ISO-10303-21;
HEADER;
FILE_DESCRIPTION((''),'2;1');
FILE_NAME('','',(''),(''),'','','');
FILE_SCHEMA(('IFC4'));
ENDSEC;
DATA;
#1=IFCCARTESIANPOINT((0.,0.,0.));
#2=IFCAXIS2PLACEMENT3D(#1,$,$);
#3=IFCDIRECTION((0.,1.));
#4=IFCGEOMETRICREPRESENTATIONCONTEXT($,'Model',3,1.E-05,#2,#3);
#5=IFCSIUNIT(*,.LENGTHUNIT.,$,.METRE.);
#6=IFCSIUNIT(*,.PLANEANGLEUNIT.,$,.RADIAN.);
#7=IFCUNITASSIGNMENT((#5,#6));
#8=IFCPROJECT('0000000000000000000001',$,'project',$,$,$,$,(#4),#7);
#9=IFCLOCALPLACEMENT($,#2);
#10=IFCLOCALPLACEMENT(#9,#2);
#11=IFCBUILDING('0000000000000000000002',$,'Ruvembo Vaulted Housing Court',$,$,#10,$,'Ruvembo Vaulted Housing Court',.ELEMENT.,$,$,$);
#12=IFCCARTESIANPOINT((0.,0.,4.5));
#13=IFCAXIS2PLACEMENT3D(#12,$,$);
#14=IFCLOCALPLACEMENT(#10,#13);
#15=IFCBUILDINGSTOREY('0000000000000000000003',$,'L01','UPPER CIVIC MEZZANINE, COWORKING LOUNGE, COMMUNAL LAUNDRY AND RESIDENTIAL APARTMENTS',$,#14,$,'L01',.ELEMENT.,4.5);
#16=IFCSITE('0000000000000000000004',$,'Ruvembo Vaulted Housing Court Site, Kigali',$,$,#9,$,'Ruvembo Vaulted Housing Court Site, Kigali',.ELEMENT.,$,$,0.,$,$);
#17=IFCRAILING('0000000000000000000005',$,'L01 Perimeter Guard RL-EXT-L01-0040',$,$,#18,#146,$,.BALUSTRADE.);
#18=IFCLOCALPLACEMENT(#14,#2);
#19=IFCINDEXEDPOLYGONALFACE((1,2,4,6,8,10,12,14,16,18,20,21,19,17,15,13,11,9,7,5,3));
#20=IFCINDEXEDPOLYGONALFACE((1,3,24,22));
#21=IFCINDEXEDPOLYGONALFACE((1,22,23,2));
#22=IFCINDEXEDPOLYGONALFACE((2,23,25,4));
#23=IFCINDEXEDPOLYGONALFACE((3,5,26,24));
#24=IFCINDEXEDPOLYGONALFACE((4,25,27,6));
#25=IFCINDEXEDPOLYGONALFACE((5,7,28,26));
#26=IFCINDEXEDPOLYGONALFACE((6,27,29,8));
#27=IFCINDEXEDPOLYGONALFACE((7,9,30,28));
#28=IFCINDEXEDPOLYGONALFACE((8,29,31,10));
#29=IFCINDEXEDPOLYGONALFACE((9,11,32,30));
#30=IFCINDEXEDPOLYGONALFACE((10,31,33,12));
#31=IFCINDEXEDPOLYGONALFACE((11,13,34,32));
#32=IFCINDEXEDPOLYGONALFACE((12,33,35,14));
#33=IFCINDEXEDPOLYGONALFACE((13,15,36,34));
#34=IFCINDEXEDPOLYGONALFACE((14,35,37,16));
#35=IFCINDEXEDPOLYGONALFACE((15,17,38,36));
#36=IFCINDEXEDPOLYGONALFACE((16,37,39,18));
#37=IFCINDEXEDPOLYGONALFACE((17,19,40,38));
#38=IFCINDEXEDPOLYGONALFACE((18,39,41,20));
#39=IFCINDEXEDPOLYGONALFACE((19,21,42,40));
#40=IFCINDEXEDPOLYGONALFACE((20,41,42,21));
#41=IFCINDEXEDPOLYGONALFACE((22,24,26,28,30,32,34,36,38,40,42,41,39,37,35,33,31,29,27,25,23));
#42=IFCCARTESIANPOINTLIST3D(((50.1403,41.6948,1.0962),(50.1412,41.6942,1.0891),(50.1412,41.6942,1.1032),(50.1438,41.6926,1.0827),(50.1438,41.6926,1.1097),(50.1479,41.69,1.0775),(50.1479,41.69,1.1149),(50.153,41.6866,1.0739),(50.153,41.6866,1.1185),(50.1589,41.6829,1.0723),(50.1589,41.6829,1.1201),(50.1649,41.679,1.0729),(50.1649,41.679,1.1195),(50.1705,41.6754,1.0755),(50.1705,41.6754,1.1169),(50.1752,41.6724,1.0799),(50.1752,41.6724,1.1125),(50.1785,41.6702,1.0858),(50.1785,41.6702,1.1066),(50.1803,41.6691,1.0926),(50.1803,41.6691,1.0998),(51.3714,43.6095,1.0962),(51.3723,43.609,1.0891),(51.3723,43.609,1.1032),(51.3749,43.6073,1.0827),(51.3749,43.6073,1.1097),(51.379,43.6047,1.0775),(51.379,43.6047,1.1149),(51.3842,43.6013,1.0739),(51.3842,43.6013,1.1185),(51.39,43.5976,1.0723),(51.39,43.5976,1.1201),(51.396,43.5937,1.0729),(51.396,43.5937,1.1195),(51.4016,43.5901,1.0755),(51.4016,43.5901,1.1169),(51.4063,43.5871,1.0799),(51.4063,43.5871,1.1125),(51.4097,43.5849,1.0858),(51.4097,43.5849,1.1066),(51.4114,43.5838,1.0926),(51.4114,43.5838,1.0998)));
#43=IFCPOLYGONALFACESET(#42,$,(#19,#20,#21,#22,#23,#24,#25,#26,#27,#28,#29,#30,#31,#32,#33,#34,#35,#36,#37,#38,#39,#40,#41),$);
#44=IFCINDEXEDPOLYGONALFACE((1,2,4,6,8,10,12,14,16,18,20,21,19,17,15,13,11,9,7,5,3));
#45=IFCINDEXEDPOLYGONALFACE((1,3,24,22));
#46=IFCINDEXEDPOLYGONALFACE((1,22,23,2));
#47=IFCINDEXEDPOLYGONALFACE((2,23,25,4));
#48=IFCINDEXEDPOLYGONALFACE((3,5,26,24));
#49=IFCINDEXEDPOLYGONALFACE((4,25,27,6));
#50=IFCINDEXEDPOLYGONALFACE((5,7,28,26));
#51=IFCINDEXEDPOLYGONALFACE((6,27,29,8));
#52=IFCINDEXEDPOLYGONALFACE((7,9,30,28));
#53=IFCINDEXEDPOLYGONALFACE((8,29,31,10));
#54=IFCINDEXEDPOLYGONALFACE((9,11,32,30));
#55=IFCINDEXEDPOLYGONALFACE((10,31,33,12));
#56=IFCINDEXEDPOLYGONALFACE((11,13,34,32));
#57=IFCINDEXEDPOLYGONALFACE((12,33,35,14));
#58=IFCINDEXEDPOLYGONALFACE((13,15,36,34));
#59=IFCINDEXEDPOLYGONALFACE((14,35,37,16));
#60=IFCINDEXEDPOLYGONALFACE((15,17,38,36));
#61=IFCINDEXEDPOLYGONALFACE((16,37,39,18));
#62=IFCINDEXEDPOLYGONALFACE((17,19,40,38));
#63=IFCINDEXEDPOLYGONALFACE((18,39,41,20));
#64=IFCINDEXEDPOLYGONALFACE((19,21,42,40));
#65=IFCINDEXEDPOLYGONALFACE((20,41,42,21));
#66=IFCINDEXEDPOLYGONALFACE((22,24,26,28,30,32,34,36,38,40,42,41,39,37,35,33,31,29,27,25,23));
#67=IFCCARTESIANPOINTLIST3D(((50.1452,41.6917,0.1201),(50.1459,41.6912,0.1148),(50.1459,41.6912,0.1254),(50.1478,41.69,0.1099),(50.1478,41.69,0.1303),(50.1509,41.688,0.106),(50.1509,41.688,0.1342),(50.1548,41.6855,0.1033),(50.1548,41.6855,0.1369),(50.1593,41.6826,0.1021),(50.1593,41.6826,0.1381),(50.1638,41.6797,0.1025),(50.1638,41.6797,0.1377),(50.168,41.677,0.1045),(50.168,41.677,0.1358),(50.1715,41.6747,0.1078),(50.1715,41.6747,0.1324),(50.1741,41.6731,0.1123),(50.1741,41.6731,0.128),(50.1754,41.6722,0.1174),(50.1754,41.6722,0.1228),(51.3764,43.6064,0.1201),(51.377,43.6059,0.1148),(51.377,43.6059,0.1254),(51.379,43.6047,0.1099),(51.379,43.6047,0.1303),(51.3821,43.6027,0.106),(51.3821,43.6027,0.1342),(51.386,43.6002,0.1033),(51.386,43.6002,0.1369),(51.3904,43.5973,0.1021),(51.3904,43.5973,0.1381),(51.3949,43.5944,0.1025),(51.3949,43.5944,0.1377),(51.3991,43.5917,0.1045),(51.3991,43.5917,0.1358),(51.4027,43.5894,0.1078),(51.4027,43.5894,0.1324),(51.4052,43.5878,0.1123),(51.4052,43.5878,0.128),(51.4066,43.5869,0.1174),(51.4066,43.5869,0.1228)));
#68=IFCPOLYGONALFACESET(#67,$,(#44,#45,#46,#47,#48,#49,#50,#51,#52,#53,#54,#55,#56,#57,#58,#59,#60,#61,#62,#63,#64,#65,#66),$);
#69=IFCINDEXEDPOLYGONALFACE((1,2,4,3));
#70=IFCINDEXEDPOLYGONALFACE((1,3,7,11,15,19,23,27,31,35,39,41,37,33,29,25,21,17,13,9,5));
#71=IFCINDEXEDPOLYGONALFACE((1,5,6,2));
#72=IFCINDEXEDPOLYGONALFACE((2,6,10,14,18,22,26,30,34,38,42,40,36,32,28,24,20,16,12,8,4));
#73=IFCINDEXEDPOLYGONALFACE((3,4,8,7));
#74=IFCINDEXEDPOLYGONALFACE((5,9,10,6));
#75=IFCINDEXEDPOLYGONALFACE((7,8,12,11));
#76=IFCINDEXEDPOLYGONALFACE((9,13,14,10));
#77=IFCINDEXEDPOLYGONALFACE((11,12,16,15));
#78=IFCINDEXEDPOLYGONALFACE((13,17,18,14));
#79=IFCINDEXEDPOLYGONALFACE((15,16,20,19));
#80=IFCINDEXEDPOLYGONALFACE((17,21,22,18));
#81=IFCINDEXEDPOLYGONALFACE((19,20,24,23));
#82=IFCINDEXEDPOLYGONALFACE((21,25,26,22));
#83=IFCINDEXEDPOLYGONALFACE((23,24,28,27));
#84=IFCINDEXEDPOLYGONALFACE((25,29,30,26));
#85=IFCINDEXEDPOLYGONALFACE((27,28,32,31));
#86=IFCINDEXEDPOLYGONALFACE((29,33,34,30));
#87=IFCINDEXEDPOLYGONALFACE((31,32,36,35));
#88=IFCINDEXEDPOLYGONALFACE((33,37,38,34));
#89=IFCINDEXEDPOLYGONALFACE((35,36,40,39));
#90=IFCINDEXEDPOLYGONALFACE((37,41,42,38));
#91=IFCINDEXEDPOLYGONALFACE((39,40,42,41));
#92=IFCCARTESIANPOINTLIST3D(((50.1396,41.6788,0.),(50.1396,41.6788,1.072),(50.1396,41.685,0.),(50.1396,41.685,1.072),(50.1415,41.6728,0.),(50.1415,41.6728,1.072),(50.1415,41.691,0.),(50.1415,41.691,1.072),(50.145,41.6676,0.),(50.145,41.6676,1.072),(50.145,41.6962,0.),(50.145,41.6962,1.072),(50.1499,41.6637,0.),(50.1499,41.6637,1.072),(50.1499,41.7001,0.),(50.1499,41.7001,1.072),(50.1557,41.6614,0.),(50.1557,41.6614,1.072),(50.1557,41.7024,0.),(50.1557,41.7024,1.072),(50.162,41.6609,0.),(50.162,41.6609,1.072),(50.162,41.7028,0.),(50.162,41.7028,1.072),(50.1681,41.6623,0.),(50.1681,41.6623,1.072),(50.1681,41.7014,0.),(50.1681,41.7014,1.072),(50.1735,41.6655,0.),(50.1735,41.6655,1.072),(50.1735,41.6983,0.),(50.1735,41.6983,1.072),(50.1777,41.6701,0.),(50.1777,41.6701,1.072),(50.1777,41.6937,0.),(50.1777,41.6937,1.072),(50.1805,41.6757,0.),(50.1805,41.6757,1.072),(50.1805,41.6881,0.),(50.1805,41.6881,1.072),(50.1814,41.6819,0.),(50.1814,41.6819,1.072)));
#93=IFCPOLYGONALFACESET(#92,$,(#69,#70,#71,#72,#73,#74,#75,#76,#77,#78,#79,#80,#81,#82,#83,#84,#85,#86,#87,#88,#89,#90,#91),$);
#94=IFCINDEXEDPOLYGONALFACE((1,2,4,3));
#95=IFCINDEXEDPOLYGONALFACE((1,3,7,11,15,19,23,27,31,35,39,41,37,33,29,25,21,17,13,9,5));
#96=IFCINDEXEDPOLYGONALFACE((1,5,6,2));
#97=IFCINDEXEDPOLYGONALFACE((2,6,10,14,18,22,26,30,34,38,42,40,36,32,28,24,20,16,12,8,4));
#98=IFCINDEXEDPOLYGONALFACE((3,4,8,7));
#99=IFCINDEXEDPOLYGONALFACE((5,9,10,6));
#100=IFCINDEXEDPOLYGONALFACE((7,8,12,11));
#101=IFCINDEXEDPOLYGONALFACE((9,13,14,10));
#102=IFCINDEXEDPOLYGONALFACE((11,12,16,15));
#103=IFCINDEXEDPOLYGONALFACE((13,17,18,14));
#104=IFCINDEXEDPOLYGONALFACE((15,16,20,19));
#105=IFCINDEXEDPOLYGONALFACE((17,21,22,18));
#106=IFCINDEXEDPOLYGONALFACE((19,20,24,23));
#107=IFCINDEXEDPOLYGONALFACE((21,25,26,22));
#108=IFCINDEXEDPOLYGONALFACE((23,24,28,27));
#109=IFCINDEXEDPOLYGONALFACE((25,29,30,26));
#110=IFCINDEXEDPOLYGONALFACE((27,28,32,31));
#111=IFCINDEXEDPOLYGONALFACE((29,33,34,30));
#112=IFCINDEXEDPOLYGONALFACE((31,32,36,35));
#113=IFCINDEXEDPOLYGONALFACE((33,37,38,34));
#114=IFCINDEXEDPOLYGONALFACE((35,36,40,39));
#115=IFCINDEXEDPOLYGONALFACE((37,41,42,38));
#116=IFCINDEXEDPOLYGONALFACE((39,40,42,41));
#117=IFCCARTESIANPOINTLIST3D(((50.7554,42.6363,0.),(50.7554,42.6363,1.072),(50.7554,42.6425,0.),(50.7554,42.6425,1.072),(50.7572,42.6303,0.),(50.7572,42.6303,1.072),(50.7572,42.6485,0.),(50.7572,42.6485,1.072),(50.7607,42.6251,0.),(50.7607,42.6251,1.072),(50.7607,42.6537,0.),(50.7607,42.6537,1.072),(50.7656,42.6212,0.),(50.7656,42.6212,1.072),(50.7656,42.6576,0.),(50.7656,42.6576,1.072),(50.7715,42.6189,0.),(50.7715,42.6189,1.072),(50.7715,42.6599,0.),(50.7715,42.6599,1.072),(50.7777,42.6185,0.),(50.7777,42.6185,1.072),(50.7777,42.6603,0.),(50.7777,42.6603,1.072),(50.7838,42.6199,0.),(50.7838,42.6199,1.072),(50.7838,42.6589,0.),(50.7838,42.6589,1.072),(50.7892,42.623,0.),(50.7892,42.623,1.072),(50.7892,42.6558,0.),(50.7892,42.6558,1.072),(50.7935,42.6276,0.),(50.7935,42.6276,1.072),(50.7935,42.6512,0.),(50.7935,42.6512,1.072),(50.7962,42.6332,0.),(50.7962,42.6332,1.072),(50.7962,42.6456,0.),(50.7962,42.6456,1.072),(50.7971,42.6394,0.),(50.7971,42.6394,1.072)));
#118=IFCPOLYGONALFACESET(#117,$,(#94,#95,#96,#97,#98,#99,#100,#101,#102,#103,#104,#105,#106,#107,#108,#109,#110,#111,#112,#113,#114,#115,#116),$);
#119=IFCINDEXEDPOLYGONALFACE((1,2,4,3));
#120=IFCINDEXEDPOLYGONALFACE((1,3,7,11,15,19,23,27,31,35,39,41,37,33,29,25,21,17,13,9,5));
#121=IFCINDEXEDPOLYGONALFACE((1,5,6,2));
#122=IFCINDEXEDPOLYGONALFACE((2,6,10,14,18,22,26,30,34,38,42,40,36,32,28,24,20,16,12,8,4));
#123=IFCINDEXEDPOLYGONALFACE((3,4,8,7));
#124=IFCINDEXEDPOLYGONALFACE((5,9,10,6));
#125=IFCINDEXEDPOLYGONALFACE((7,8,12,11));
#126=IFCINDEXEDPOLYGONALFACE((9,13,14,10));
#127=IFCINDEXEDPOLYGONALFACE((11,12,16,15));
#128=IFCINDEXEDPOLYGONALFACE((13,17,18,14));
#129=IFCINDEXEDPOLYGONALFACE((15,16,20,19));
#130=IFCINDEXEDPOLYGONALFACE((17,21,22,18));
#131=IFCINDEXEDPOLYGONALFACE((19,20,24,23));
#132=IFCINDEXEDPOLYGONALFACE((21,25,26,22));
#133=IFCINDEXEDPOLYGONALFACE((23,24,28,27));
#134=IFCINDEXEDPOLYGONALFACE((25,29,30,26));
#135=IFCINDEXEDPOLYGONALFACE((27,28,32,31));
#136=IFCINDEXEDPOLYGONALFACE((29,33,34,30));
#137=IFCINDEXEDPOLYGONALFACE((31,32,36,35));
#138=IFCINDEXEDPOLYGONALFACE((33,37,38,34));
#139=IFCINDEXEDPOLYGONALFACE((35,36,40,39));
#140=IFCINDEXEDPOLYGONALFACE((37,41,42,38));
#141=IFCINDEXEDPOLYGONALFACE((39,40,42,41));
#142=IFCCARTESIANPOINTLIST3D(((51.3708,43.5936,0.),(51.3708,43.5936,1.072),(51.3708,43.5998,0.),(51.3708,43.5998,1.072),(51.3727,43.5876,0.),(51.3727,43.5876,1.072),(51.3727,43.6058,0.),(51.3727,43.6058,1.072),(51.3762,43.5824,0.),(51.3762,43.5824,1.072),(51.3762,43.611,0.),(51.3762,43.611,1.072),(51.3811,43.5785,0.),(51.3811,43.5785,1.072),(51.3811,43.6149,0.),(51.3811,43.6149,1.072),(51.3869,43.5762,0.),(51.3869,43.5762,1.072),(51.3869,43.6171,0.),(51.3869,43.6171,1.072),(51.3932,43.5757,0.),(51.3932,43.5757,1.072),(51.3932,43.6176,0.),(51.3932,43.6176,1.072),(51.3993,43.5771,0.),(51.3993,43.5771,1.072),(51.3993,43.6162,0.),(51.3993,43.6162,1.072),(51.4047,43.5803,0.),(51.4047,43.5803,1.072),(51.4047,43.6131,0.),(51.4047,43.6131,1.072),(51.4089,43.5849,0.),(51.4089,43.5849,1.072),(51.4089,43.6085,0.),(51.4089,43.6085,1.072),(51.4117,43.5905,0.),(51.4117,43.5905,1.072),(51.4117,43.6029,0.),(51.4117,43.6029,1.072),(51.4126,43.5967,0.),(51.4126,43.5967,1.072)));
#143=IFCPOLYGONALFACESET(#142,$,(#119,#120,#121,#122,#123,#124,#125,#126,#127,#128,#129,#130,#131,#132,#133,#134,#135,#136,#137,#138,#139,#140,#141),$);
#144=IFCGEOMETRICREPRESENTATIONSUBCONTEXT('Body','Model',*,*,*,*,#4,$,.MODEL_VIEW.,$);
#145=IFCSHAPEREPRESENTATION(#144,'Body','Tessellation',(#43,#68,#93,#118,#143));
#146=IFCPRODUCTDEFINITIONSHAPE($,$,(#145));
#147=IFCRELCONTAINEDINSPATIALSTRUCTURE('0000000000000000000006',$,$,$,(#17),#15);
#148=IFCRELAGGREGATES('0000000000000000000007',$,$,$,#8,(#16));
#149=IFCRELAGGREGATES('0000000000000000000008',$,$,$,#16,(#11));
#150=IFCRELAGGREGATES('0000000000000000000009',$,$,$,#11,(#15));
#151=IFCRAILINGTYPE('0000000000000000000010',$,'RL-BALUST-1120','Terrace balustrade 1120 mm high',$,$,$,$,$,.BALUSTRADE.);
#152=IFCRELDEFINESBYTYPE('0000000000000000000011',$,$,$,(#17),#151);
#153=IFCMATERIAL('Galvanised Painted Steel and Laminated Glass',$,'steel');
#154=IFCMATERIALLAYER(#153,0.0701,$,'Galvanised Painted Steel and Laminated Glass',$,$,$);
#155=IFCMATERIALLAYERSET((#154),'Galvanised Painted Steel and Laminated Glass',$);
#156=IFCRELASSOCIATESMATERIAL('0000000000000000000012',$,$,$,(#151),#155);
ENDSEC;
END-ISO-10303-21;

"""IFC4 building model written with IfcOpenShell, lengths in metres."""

from ifc_helpers import new_model, si_unit, direction, frame, origin, origin_2d, place, context, subcontext, project, spatial, circle, extrude, material, layer, layer_set, type_object, element, save


model = new_model("IFC4")

# Units and contexts
model_context = context("Model", 3, precision=1e-05, world=origin(), true_north=direction((0.0, 1.0)))
body_context = subcontext(model_context, "Body", "Model", "MODEL_VIEW")
ifc_project = project(units=[si_unit("LENGTHUNIT", "METRE"), si_unit("PLANEANGLEUNIT", "RADIAN")], contexts=[model_context])

# Site, building, storey
site_placement = place(None, origin())
site = spatial("IfcSite", under=ifc_project, at=site_placement, Name="Ruvembo Vaulted Housing Court Site, Kigali", LongName="Ruvembo Vaulted Housing Court Site, Kigali", CompositionType="ELEMENT", RefElevation=0.0)
building_placement = place(site_placement, origin())
building = spatial("IfcBuilding", under=site, at=building_placement, Name="Ruvembo Vaulted Housing Court", LongName="Ruvembo Vaulted Housing Court", CompositionType="ELEMENT")
storey_placement = place(building_placement, frame((0.0, 0.0, 4.5)))
storey = spatial("IfcBuildingStorey", under=building, at=storey_placement, Name="L01", Description="UPPER CIVIC MEZZANINE, COWORKING LOUNGE, COMMUNAL LAUNDRY AND RESIDENTIAL APARTMENTS", LongName="L01", CompositionType="ELEMENT", Elevation=4.5)

# Railing
ifc_material_1 = material(Name="Galvanised Painted Steel and Laminated Glass", Category="steel")
ifc_layer_1 = layer(ifc_material_1, 0.0701, Name="Galvanised Painted Steel and Laminated Glass")
ifc_layer_set_1 = layer_set([ifc_layer_1], Name="Galvanised Painted Steel and Laminated Glass")
railing_type = type_object("IfcRailingType", Name="RL-BALUST-1120", Description="Terrace balustrade 1120 mm high", PredefinedType="BALUSTRADE", material=ifc_layer_set_1)
railing_1_placement = place(storey_placement, frame((50.1604, 41.6819, 0.0)))
element("IfcRailing", 1, at=railing_1_placement, inside=storey, type_object=railing_type, Name="L01 Perimeter Guard RL-EXT-L01-0040", PredefinedType="BALUSTRADE", context=body_context, shape_type="SweptSolid", body=[
    extrude(circle(Radius=0.0239, at=origin_2d()), frame((0.0, 0.0, 1.0962), z_axis=(0.540839, 0.841126, 0.0), x_axis=(-0.841126, 0.540839, 0.0)), (0.0, 0.0, 1.0), 2.2764),
    extrude(circle(Radius=0.0181, at=origin_2d()), frame((0.0, 0.0, 0.1201), z_axis=(0.540839, 0.841126, 0.0), x_axis=(-0.841126, 0.540839, 0.0)), (0.0, 0.0, 1.0), 2.2764),
    extrude(circle(Radius=0.021, at=origin_2d()), origin(), (0.0, 0.0, 1.0), 1.072),
    extrude(circle(Radius=0.021, at=origin_2d()), frame((0.6157, 0.9575, 0.0)), (0.0, 0.0, 1.0), 1.072),
    extrude(circle(Radius=0.021, at=origin_2d()), frame((1.2312, 1.9148, 0.0)), (0.0, 0.0, 1.0), 1.072),
])

save(model, "model.ifc")
